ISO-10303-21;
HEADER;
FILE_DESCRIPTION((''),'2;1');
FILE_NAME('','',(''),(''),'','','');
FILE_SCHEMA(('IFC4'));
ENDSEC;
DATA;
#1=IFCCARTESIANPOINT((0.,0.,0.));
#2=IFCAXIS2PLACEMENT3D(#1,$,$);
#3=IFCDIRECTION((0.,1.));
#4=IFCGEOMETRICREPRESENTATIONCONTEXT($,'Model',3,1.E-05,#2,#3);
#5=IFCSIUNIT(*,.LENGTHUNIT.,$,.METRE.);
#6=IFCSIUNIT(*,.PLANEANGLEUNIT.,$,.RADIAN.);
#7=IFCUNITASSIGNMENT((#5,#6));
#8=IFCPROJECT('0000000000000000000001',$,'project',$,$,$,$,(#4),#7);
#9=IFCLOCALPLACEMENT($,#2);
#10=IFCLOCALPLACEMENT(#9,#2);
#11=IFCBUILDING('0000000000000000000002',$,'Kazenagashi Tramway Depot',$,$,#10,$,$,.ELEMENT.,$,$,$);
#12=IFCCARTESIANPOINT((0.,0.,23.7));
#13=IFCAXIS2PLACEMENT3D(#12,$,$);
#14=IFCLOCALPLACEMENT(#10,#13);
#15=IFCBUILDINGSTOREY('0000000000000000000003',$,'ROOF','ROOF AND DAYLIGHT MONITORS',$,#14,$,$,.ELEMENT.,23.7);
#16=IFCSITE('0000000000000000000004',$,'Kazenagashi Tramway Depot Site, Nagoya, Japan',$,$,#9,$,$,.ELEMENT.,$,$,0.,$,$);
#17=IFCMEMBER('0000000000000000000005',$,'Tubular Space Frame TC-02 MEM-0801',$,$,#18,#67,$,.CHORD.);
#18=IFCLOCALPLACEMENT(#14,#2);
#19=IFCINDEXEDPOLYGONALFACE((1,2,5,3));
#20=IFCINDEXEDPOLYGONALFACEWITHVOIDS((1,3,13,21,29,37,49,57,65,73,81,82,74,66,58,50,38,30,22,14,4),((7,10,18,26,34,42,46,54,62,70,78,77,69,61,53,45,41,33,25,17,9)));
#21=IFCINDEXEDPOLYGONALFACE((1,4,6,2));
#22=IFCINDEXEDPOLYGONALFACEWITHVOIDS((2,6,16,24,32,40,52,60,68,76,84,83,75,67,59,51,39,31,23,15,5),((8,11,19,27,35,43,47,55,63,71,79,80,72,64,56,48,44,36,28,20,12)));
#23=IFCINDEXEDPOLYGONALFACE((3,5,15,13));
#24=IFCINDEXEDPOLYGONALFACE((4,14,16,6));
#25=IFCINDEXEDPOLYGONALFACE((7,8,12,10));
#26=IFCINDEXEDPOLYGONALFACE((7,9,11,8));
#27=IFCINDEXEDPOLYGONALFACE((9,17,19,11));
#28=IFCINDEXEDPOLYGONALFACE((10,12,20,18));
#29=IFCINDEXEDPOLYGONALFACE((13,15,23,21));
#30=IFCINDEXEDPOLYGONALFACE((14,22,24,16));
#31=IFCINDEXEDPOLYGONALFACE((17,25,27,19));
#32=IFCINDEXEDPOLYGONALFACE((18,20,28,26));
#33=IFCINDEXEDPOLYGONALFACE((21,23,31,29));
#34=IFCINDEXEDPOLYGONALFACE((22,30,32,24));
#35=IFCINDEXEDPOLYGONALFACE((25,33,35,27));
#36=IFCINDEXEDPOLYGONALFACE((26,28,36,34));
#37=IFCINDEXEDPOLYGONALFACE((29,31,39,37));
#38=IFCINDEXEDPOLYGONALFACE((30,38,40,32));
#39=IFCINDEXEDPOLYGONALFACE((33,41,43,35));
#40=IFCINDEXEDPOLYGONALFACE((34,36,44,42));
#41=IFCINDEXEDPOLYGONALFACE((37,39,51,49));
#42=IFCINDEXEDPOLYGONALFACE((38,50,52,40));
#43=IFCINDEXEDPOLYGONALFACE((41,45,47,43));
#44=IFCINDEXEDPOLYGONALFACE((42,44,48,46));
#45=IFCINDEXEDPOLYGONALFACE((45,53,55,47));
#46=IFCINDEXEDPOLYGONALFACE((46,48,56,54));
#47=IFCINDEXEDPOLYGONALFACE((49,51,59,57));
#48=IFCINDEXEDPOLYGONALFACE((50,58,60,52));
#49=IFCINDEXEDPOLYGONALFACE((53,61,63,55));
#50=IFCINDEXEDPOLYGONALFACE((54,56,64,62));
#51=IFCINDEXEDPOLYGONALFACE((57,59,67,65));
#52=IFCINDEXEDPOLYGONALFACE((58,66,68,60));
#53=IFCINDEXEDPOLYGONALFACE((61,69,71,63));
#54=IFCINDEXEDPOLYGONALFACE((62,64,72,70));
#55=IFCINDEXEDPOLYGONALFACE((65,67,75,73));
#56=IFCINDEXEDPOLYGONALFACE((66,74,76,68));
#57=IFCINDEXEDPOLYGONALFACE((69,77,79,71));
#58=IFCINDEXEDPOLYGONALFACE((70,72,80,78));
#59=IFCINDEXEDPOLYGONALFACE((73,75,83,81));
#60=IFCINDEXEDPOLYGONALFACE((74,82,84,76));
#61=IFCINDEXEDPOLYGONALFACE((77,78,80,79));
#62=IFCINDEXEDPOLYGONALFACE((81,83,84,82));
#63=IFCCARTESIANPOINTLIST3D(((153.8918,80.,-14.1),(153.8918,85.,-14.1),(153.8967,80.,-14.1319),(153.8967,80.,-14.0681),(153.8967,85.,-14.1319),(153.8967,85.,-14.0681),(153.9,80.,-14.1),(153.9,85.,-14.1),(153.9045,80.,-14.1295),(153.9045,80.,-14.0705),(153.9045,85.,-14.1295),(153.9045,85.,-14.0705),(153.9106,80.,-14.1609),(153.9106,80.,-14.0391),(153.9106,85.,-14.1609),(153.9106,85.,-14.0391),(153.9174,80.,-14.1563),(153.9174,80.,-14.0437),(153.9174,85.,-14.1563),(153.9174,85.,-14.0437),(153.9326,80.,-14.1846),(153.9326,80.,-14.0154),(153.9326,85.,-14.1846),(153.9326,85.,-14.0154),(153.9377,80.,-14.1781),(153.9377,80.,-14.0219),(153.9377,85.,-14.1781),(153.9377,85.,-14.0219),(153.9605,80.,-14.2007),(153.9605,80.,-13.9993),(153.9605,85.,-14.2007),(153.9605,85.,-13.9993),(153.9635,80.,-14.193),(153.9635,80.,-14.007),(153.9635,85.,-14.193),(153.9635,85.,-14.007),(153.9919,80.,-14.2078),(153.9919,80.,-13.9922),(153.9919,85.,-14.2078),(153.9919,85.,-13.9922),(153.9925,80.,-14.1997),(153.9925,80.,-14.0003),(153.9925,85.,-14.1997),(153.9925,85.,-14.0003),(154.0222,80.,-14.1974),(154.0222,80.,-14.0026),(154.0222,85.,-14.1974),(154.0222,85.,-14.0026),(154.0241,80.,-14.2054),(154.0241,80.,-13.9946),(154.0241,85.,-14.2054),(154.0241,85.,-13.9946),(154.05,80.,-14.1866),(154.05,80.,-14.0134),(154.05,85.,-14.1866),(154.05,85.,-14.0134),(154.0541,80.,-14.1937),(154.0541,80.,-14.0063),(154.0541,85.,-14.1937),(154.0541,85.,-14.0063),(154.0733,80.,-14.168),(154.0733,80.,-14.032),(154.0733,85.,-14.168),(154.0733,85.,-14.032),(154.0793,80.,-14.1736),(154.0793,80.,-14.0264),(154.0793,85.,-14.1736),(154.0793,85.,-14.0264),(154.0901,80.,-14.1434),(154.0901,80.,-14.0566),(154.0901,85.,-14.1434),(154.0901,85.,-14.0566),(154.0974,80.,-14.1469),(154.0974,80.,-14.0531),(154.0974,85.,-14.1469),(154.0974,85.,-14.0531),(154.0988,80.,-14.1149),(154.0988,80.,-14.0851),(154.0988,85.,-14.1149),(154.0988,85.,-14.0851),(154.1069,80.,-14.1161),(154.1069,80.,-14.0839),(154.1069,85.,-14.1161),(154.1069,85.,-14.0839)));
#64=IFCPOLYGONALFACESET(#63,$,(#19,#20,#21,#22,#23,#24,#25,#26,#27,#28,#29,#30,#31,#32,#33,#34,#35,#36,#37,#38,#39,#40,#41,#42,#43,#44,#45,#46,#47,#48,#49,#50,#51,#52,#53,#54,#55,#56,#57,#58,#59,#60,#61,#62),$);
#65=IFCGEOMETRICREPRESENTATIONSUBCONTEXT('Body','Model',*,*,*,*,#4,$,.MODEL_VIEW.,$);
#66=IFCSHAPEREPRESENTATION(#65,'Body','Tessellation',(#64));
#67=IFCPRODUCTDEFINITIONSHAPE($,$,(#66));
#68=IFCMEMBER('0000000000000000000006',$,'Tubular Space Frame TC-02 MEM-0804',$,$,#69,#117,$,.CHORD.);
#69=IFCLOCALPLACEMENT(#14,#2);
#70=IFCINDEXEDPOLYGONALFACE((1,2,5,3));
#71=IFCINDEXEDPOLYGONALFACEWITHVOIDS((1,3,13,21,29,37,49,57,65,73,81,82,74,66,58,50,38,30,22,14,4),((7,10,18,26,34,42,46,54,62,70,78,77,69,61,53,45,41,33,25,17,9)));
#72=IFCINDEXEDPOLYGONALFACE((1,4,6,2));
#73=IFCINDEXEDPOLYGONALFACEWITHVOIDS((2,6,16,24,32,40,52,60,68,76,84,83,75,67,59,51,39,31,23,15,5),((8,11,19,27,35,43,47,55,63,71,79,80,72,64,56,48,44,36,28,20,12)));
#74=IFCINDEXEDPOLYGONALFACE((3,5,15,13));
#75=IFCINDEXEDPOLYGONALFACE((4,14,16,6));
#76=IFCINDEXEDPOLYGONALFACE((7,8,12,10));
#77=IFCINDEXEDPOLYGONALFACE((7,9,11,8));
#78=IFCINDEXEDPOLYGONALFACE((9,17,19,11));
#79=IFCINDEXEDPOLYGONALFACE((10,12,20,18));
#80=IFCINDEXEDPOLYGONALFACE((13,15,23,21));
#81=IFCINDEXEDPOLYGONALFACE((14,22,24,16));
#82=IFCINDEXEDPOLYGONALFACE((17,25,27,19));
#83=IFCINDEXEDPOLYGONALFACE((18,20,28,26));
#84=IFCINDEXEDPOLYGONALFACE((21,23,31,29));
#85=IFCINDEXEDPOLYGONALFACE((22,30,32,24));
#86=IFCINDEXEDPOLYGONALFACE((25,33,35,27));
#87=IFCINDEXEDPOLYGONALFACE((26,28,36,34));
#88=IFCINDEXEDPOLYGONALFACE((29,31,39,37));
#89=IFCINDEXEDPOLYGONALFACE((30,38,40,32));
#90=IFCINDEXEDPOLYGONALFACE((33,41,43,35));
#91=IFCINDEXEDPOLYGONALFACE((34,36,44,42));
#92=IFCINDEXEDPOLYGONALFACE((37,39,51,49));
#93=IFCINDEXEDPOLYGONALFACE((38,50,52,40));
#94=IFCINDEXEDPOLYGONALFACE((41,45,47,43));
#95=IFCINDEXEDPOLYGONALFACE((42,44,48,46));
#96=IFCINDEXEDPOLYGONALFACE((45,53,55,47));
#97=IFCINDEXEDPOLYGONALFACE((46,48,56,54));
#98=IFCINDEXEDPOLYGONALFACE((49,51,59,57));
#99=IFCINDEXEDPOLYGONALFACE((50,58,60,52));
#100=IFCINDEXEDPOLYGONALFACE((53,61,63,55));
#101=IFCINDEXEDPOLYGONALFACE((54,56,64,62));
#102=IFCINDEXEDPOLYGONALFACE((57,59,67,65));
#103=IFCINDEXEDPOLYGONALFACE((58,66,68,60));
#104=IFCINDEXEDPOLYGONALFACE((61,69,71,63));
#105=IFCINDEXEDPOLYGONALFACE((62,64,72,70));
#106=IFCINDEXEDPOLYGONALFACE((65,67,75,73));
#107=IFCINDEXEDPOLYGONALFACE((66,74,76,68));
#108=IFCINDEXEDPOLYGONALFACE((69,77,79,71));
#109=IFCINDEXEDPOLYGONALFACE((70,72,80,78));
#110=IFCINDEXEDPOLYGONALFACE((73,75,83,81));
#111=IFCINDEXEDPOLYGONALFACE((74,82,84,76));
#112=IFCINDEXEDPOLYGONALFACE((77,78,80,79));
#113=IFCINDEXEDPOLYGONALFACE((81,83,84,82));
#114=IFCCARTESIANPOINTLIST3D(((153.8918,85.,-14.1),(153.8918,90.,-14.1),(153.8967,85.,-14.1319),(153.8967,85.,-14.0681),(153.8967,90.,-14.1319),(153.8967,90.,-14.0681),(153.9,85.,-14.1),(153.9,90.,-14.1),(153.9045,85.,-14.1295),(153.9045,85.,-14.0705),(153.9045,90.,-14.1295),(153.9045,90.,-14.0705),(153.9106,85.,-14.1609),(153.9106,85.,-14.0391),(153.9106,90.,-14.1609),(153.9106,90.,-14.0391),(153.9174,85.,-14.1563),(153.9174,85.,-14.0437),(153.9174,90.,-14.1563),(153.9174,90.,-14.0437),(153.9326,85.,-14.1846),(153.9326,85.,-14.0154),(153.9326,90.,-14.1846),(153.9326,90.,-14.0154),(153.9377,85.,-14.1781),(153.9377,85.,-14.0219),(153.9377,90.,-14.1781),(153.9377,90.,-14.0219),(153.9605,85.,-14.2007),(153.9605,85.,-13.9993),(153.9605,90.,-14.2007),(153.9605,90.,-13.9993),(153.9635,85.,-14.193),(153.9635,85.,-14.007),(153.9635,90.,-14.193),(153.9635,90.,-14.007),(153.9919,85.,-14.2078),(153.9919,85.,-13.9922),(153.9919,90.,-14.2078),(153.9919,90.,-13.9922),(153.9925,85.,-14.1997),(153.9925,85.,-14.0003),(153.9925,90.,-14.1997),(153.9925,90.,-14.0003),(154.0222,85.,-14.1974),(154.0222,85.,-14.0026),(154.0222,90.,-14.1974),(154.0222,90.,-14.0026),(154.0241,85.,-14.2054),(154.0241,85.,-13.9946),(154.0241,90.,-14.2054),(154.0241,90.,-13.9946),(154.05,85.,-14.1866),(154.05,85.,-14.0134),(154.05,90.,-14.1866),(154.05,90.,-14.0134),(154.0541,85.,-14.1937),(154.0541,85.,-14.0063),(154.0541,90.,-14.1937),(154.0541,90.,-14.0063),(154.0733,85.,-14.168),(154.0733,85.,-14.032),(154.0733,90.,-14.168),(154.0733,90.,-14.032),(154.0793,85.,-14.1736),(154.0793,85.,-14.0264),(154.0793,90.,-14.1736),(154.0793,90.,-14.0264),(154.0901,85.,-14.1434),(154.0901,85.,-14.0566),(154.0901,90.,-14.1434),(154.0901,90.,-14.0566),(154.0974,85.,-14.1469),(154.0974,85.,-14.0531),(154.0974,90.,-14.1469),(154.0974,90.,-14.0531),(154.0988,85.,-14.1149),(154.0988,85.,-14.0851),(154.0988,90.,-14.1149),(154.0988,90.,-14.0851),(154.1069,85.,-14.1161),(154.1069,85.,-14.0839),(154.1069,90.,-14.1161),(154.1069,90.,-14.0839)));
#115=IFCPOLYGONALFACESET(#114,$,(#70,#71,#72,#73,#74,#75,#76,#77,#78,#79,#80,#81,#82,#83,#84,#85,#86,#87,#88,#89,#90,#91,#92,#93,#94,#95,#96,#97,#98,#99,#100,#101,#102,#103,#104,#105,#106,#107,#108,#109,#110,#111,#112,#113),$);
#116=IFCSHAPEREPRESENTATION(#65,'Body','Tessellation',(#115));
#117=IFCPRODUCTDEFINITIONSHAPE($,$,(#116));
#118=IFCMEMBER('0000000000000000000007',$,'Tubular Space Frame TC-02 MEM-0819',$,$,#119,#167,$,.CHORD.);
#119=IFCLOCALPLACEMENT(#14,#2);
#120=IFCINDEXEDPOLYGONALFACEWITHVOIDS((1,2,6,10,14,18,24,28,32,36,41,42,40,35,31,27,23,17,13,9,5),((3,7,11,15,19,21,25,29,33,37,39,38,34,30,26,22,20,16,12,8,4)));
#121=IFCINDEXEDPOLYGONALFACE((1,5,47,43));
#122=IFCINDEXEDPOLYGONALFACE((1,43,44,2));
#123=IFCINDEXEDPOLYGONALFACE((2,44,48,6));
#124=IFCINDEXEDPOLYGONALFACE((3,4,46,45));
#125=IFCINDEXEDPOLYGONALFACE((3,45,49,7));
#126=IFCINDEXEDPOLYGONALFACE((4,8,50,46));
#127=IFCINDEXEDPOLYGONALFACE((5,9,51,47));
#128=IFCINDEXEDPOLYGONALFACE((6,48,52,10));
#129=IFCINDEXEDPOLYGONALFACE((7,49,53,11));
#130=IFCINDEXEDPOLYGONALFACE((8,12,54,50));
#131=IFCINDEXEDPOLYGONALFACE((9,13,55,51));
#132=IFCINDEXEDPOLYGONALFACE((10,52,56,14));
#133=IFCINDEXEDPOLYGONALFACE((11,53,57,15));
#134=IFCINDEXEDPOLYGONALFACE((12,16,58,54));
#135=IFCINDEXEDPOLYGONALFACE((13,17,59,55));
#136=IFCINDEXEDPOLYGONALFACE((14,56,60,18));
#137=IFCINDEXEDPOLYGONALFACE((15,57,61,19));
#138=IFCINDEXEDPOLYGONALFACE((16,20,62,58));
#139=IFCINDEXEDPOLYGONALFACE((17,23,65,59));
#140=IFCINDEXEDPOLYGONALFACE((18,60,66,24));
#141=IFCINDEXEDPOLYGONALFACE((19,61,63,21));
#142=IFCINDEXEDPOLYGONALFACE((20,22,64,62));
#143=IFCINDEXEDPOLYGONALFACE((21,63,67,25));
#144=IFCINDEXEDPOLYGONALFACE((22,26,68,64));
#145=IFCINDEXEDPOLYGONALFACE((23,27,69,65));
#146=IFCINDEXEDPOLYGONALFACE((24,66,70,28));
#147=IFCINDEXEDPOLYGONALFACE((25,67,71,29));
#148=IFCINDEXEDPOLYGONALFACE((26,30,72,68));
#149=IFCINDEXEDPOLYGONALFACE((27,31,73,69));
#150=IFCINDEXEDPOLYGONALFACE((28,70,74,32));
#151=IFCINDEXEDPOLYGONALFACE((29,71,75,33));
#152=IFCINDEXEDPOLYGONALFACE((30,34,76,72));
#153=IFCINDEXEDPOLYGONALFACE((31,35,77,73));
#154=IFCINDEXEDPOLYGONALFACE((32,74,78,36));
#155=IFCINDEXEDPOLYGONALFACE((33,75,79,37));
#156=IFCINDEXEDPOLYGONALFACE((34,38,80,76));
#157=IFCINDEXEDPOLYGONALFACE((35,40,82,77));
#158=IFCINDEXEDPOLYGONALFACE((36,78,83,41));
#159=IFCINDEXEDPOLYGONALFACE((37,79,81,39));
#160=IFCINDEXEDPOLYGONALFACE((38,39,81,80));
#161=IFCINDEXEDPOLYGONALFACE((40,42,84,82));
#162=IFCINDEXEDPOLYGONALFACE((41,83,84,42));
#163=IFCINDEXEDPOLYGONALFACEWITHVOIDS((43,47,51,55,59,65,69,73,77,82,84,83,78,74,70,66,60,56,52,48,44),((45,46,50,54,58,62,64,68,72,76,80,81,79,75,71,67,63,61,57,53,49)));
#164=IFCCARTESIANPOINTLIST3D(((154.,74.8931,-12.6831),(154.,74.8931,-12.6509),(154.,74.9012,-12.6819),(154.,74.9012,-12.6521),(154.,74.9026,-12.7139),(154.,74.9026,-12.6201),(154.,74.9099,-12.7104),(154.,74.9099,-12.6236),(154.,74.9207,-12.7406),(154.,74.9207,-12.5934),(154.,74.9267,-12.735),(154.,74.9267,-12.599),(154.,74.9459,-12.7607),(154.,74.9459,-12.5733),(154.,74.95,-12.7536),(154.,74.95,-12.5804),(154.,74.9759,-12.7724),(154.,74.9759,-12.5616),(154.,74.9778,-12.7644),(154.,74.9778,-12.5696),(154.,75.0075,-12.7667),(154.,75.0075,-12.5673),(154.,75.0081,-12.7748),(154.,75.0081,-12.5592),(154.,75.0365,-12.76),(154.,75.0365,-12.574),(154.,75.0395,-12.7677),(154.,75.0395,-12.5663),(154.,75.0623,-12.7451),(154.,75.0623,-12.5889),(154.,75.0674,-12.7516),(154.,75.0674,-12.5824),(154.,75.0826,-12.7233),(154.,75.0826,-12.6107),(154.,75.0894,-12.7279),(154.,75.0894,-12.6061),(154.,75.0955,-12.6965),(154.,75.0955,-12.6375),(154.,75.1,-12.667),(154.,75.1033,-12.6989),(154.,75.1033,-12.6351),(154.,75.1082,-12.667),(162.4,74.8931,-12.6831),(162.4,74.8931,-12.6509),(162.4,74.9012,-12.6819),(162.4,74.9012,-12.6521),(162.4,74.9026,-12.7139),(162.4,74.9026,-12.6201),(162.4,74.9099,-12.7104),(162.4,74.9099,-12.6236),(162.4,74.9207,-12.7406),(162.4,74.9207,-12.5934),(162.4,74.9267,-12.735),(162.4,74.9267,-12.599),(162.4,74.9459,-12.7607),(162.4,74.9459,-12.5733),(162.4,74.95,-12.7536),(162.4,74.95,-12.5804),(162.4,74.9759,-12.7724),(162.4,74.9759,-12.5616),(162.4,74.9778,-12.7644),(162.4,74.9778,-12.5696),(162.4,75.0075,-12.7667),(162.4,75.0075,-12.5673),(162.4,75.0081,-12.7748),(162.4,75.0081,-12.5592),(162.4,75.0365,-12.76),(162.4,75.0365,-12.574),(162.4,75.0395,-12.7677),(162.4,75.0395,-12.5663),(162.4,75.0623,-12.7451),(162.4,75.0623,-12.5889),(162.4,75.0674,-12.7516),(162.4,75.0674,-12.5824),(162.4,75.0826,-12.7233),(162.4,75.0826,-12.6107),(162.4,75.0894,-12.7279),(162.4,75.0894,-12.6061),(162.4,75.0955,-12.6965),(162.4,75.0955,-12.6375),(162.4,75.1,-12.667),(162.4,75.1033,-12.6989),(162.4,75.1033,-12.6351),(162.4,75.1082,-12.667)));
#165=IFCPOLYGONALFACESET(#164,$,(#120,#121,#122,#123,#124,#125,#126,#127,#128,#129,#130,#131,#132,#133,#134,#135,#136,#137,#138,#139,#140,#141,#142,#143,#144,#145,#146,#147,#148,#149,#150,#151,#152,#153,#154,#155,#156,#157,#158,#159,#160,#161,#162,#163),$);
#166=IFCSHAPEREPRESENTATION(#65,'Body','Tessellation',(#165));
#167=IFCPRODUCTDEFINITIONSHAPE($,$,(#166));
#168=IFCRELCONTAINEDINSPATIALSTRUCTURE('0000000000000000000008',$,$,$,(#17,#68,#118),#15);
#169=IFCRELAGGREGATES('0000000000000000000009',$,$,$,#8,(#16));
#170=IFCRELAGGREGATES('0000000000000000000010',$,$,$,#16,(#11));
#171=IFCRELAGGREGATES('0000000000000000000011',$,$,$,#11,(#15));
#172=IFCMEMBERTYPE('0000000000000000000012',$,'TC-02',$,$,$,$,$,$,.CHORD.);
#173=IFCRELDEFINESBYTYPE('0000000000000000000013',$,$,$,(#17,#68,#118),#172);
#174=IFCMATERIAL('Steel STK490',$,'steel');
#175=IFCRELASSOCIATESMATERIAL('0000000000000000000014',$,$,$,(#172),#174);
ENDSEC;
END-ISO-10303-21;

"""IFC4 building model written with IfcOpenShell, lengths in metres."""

from ifc_helpers import new_model, si_unit, direction, frame, origin, origin_2d, place, context, subcontext, project, spatial, hollow_circle, extrude, material, material_profile, profile_set, type_object, element, save


model = new_model("IFC4")

# Units and contexts
model_context = context("Model", 3, precision=1e-05, world=origin(), true_north=direction((0.0, 1.0)))
body_context = subcontext(model_context, "Body", "Model", "MODEL_VIEW")
ifc_project = project(units=[si_unit("LENGTHUNIT", "METRE"), si_unit("PLANEANGLEUNIT", "RADIAN")], contexts=[model_context])

# Site, building, storey
site_placement = place(None, origin())
site = spatial("IfcSite", under=ifc_project, at=site_placement, Name="Kazenagashi Tramway Depot Site, Nagoya, Japan", CompositionType="ELEMENT", RefElevation=0.0)
building_placement = place(site_placement, origin())
building = spatial("IfcBuilding", under=site, at=building_placement, Name="Kazenagashi Tramway Depot", CompositionType="ELEMENT")
storey_placement = place(building_placement, frame((0.0, 0.0, 23.7)))
storey = spatial("IfcBuildingStorey", under=building, at=storey_placement, Name="ROOF", Description="ROOF AND DAYLIGHT MONITORS", CompositionType="ELEMENT", Elevation=23.7)

# Members
ifc_material_1 = material(Name="Steel STK490", Category="steel")
ifc_material_profile_1 = material_profile(ifc_material_1, hollow_circle(Radius=0.1081, WallThickness=0.0082, at=origin_2d()), Name="CHS-216.3x8.2")
ifc_profile_set_1 = profile_set([ifc_material_profile_1], Name="Steel STK490")
member_type_1 = type_object("IfcMemberType", Name="TC-02", PredefinedType="CHORD", material=ifc_profile_set_1)
for number, where, z_axis, x_axis, name in (
    (1, (154.0, 80.0, -14.1), (0.0, 1.0, 0.0), (-1.0, 0.0, 0.0), "Tubular Space Frame TC-02 MEM-0801"),
    (2, (154.0, 85.0, -14.1), (0.0, 1.0, 0.0), (-1.0, 0.0, 0.0), "Tubular Space Frame TC-02 MEM-0804"),
):
    element("IfcMember", number, at=place(storey_placement, frame(where, z_axis=z_axis, x_axis=x_axis)), inside=storey, type_object=member_type_1, Name=name, PredefinedType="CHORD", context=body_context, shape_type="SweptSolid", body=[
        extrude(hollow_circle(Radius=0.1081, WallThickness=0.0082, at=origin_2d()), origin(), (0.0, 0.0, 1.0), 5.0),
    ])
for number, where, z_axis, x_axis, name in (
    (3, (154.0, 75.0, -12.667), (1.0, 0.0, 0.0), (0.0, 1.0, 0.0), "Tubular Space Frame TC-02 MEM-0819"),
):
    element("IfcMember", number, at=place(storey_placement, frame(where, z_axis=z_axis, x_axis=x_axis)), inside=storey, type_object=member_type_1, Name=name, PredefinedType="CHORD", context=body_context, shape_type="SweptSolid", body=[
        extrude(hollow_circle(Radius=0.1081, WallThickness=0.0082, at=origin_2d()), origin(), (0.0, 0.0, 1.0), 8.4),
    ])

save(model, "model.ifc")
